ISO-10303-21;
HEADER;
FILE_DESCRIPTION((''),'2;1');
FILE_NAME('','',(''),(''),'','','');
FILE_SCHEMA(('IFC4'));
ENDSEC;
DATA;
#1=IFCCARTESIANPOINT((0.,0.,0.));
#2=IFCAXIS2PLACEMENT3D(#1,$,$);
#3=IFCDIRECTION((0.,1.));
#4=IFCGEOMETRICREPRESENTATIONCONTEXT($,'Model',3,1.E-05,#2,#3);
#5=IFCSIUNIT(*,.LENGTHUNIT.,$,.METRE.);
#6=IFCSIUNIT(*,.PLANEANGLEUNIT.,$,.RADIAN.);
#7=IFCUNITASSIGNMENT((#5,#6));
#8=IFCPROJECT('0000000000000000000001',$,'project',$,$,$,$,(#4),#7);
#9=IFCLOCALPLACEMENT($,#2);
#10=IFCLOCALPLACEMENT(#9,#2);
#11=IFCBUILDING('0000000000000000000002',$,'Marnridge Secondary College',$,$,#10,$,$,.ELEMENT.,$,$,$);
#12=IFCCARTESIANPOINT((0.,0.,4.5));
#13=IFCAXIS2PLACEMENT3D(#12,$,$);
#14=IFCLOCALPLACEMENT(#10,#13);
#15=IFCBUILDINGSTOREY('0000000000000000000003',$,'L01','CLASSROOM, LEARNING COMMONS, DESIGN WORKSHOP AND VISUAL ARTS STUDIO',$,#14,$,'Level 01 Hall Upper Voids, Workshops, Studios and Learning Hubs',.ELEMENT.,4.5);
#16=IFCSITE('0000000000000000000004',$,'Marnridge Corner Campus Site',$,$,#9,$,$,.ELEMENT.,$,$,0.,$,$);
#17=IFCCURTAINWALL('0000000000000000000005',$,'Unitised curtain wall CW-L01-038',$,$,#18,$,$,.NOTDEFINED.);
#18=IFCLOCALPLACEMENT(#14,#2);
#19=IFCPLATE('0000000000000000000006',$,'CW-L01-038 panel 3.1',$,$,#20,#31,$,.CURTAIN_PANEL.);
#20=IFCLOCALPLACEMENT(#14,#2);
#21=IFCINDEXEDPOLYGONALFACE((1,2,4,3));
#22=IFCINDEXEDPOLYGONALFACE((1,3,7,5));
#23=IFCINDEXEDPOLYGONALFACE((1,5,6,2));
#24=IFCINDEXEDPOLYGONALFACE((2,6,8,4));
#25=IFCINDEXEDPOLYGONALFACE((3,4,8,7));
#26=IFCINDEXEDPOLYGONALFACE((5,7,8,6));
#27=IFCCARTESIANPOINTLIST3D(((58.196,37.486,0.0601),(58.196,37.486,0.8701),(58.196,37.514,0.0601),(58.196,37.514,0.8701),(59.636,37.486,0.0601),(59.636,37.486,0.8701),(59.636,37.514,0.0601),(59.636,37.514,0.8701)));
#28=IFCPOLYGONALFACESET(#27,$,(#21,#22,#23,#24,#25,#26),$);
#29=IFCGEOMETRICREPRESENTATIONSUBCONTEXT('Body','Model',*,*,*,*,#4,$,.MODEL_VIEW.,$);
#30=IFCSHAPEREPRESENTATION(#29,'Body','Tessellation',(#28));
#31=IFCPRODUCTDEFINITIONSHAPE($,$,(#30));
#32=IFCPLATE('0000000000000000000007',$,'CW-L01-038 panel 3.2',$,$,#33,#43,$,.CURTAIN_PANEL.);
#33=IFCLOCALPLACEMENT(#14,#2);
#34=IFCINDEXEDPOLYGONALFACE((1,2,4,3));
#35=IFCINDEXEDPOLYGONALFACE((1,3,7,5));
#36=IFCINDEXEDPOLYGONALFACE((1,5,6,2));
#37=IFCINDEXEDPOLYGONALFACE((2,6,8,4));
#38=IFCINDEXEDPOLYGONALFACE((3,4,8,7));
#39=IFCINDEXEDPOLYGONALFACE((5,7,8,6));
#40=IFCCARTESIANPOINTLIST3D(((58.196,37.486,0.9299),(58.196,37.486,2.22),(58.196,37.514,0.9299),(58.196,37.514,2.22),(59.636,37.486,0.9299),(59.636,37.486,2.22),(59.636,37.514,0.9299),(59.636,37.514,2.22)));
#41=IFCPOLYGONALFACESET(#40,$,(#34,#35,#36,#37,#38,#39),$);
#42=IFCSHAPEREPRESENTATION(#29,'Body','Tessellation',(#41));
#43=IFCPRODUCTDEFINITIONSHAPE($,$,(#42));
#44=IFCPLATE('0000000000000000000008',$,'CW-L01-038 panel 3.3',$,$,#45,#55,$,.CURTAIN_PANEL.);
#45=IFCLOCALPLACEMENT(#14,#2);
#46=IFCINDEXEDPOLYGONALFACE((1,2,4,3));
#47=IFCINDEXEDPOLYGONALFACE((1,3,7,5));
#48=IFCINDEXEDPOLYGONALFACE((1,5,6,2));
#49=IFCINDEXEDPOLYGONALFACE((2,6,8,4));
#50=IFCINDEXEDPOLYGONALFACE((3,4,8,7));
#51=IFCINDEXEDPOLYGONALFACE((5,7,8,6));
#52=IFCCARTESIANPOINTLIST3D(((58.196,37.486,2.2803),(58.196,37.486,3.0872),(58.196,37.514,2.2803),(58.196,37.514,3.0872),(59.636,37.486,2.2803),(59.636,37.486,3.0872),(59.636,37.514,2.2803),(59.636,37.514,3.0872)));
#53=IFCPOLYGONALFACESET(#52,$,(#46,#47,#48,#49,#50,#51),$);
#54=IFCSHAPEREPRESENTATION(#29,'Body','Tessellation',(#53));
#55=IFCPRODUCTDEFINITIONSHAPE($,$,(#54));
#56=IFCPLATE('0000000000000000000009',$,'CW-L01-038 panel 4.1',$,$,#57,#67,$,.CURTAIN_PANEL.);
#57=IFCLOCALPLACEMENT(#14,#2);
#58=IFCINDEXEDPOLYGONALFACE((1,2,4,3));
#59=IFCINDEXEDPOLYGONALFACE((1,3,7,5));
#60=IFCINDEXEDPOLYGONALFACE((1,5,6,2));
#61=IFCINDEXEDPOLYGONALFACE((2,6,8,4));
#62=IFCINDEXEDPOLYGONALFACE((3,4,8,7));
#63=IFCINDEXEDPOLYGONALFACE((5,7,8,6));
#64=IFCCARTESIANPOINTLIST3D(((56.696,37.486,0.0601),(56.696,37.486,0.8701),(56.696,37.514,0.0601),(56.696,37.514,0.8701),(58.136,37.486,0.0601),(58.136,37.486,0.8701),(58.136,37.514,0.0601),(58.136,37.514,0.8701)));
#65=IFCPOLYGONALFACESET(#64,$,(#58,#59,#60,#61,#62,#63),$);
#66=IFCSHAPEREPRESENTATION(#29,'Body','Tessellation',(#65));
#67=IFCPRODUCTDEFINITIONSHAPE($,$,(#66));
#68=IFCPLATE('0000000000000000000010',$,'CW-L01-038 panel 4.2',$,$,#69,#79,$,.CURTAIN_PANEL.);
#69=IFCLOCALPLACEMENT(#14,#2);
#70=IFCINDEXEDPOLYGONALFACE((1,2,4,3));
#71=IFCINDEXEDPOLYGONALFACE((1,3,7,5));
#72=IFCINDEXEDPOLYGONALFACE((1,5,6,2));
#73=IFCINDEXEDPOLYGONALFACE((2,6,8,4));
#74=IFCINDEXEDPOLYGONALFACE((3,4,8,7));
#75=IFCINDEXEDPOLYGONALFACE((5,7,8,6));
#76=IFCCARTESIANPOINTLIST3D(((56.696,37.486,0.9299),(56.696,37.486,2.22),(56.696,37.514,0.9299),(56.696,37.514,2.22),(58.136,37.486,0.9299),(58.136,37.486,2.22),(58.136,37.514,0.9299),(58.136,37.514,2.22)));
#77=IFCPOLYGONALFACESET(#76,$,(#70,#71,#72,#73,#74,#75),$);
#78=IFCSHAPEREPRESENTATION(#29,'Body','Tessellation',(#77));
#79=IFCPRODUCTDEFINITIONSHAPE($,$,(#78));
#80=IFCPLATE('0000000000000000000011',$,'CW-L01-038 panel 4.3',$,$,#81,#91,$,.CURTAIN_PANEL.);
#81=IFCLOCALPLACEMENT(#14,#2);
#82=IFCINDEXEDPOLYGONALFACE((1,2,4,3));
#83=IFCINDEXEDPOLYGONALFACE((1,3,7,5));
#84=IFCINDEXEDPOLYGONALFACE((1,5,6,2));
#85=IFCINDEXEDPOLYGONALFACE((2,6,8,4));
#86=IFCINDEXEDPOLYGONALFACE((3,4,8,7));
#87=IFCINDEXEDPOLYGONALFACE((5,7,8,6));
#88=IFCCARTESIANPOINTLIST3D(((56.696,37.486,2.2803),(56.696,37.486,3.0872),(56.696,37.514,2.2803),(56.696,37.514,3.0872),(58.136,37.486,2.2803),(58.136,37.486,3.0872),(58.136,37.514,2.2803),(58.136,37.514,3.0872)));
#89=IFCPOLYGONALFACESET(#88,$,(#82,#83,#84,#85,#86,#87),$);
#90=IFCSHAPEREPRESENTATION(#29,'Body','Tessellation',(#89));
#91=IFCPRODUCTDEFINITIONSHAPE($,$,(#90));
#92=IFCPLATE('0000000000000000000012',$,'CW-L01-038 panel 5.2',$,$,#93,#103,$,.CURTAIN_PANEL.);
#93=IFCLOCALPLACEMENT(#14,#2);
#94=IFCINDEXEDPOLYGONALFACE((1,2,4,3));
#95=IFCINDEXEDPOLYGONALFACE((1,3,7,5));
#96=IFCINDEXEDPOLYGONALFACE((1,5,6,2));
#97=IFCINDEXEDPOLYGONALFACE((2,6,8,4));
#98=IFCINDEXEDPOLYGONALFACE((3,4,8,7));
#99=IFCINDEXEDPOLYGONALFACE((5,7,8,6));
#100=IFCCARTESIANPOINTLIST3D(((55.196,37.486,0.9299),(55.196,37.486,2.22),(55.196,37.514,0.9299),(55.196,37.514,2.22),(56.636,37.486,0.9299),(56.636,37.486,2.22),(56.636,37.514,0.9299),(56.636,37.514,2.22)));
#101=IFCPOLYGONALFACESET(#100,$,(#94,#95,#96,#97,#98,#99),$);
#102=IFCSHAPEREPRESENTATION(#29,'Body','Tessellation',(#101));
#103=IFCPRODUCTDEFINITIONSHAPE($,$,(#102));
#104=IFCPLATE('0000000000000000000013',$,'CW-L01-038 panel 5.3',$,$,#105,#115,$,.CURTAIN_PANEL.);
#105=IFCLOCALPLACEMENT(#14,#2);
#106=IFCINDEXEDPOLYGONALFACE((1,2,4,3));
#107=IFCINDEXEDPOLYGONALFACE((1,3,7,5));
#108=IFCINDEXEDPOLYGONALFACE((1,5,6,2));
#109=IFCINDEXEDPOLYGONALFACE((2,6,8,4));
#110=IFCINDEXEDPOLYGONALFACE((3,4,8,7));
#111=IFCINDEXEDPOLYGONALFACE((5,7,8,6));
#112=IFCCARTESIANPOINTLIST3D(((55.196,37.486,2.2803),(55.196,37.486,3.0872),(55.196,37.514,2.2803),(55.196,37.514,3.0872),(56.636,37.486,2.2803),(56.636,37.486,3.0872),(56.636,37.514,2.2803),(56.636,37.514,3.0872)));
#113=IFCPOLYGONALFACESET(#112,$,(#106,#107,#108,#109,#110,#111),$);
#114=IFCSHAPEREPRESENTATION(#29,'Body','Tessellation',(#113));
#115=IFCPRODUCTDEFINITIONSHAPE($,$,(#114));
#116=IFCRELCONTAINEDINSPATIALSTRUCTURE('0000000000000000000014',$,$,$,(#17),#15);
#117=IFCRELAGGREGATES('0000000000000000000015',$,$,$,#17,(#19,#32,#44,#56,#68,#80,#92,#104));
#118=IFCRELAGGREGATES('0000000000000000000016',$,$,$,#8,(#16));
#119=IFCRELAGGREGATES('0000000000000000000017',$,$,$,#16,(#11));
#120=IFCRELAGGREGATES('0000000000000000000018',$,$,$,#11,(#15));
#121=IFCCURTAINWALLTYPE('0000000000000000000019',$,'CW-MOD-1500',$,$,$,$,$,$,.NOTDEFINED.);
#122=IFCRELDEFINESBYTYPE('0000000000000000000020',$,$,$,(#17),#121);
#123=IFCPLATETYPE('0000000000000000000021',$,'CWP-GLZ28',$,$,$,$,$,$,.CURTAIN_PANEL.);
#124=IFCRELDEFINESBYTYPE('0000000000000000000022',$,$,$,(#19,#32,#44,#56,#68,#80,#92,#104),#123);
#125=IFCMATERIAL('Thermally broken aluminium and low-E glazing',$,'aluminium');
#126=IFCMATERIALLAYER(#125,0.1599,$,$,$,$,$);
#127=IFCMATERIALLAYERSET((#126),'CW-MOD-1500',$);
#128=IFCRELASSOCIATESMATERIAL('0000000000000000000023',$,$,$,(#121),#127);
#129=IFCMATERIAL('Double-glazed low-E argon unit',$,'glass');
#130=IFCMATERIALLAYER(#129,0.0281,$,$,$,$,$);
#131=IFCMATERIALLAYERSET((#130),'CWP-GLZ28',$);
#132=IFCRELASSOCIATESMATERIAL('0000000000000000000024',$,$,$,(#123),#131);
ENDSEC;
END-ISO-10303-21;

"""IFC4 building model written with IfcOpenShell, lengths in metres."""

from ifc_helpers import new_model, si_unit, direction, frame, origin, origin_2d, place, context, subcontext, project, spatial, rectangle, extrude, material, layer, layer_set, type_object, element, aggregate, save


model = new_model("IFC4")

# Units and contexts
model_context = context("Model", 3, precision=1e-05, world=origin(), true_north=direction((0.0, 1.0)))
body_context = subcontext(model_context, "Body", "Model", "MODEL_VIEW")
ifc_project = project(units=[si_unit("LENGTHUNIT", "METRE"), si_unit("PLANEANGLEUNIT", "RADIAN")], contexts=[model_context])

# Site, building, storey
site_placement = place(None, origin())
site = spatial("IfcSite", under=ifc_project, at=site_placement, Name="Marnridge Corner Campus Site", CompositionType="ELEMENT", RefElevation=0.0)
building_placement = place(site_placement, origin())
building = spatial("IfcBuilding", under=site, at=building_placement, Name="Marnridge Secondary College", CompositionType="ELEMENT")
storey_placement = place(building_placement, frame((0.0, 0.0, 4.5)))
storey = spatial("IfcBuildingStorey", under=building, at=storey_placement, Name="L01", Description="CLASSROOM, LEARNING COMMONS, DESIGN WORKSHOP AND VISUAL ARTS STUDIO", LongName="Level 01 Hall Upper Voids, Workshops, Studios and Learning Hubs", CompositionType="ELEMENT", Elevation=4.5)

# Curtain wall, plates
ifc_material_1 = material(Name="Thermally broken aluminium and low-E glazing", Category="aluminium")
ifc_layer_1 = layer(ifc_material_1, 0.1599)
ifc_layer_set_1 = layer_set([ifc_layer_1], Name="CW-MOD-1500")
curtain_wall_type = type_object("IfcCurtainWallType", Name="CW-MOD-1500", PredefinedType="NOTDEFINED", material=ifc_layer_set_1)
curtain_wall_placement = place(storey_placement, origin())
curtain_wall = element("IfcCurtainWall", 1, at=curtain_wall_placement, inside=storey, type_object=curtain_wall_type, Name="Unitised curtain wall CW-L01-038", PredefinedType="NOTDEFINED")
ifc_material_2 = material(Name="Double-glazed low-E argon unit", Category="glass")
ifc_layer_2 = layer(ifc_material_2, 0.0281)
ifc_layer_set_2 = layer_set([ifc_layer_2], Name="CWP-GLZ28")
plate_type = type_object("IfcPlateType", Name="CWP-GLZ28", PredefinedType="CURTAIN_PANEL", material=ifc_layer_set_2)
plate_1_placement = place(storey_placement, frame((58.916, 37.5, 0.0601), z_axis=(0.0, 0.0, 1.0), x_axis=(-1.0, 0.0, 0.0)))
plate_1 = element("IfcPlate", 2, at=plate_1_placement, type_object=plate_type, Name="CW-L01-038 panel 3.1", PredefinedType="CURTAIN_PANEL", context=body_context, shape_type="SweptSolid", body=[
    extrude(rectangle(XDim=1.4399, YDim=0.0281, at=origin_2d()), origin(), (0.0, 0.0, 1.0), 0.8101),
])
plate_2_placement = place(storey_placement, frame((58.916, 37.5, 0.9299), z_axis=(0.0, 0.0, 1.0), x_axis=(-1.0, 0.0, 0.0)))
plate_2 = element("IfcPlate", 3, at=plate_2_placement, type_object=plate_type, Name="CW-L01-038 panel 3.2", PredefinedType="CURTAIN_PANEL", context=body_context, shape_type="SweptSolid", body=[
    extrude(rectangle(XDim=1.4399, YDim=0.0281, at=origin_2d()), origin(), (0.0, 0.0, 1.0), 1.29),
])
plate_3_placement = place(storey_placement, frame((58.916, 37.5, 2.2803), z_axis=(0.0, 0.0, 1.0), x_axis=(-1.0, 0.0, 0.0)))
plate_3 = element("IfcPlate", 4, at=plate_3_placement, type_object=plate_type, Name="CW-L01-038 panel 3.3", PredefinedType="CURTAIN_PANEL", context=body_context, shape_type="SweptSolid", body=[
    extrude(rectangle(XDim=1.4399, YDim=0.0281, at=origin_2d()), origin(), (0.0, 0.0, 1.0), 0.8069),
])
plate_4_placement = place(storey_placement, frame((57.416, 37.5, 0.0601), z_axis=(0.0, 0.0, 1.0), x_axis=(-1.0, 0.0, 0.0)))
plate_4 = element("IfcPlate", 5, at=plate_4_placement, type_object=plate_type, Name="CW-L01-038 panel 4.1", PredefinedType="CURTAIN_PANEL", context=body_context, shape_type="SweptSolid", body=[
    extrude(rectangle(XDim=1.4399, YDim=0.0281, at=origin_2d()), origin(), (0.0, 0.0, 1.0), 0.8101),
])
plate_5_placement = place(storey_placement, frame((57.416, 37.5, 0.9299), z_axis=(0.0, 0.0, 1.0), x_axis=(-1.0, 0.0, 0.0)))
plate_5 = element("IfcPlate", 6, at=plate_5_placement, type_object=plate_type, Name="CW-L01-038 panel 4.2", PredefinedType="CURTAIN_PANEL", context=body_context, shape_type="SweptSolid", body=[
    extrude(rectangle(XDim=1.4399, YDim=0.0281, at=origin_2d()), origin(), (0.0, 0.0, 1.0), 1.29),
])
plate_6_placement = place(storey_placement, frame((57.416, 37.5, 2.2803), z_axis=(0.0, 0.0, 1.0), x_axis=(-1.0, 0.0, 0.0)))
plate_6 = element("IfcPlate", 7, at=plate_6_placement, type_object=plate_type, Name="CW-L01-038 panel 4.3", PredefinedType="CURTAIN_PANEL", context=body_context, shape_type="SweptSolid", body=[
    extrude(rectangle(XDim=1.4399, YDim=0.0281, at=origin_2d()), origin(), (0.0, 0.0, 1.0), 0.8069),
])
plate_7_placement = place(storey_placement, frame((55.916, 37.5, 0.9299), z_axis=(0.0, 0.0, 1.0), x_axis=(-1.0, 0.0, 0.0)))
plate_7 = element("IfcPlate", 8, at=plate_7_placement, type_object=plate_type, Name="CW-L01-038 panel 5.2", PredefinedType="CURTAIN_PANEL", context=body_context, shape_type="SweptSolid", body=[
    extrude(rectangle(XDim=1.4399, YDim=0.0281, at=origin_2d()), origin(), (0.0, 0.0, 1.0), 1.29),
])
plate_8_placement = place(storey_placement, frame((55.916, 37.5, 2.2803), z_axis=(0.0, 0.0, 1.0), x_axis=(-1.0, 0.0, 0.0)))
plate_8 = element("IfcPlate", 9, at=plate_8_placement, type_object=plate_type, Name="CW-L01-038 panel 5.3", PredefinedType="CURTAIN_PANEL", context=body_context, shape_type="SweptSolid", body=[
    extrude(rectangle(XDim=1.4399, YDim=0.0281, at=origin_2d()), origin(), (0.0, 0.0, 1.0), 0.8069),
])
aggregate(curtain_wall, [plate_1, plate_2, plate_3, plate_4, plate_5, plate_6, plate_7, plate_8])

save(model, "model.ifc")
